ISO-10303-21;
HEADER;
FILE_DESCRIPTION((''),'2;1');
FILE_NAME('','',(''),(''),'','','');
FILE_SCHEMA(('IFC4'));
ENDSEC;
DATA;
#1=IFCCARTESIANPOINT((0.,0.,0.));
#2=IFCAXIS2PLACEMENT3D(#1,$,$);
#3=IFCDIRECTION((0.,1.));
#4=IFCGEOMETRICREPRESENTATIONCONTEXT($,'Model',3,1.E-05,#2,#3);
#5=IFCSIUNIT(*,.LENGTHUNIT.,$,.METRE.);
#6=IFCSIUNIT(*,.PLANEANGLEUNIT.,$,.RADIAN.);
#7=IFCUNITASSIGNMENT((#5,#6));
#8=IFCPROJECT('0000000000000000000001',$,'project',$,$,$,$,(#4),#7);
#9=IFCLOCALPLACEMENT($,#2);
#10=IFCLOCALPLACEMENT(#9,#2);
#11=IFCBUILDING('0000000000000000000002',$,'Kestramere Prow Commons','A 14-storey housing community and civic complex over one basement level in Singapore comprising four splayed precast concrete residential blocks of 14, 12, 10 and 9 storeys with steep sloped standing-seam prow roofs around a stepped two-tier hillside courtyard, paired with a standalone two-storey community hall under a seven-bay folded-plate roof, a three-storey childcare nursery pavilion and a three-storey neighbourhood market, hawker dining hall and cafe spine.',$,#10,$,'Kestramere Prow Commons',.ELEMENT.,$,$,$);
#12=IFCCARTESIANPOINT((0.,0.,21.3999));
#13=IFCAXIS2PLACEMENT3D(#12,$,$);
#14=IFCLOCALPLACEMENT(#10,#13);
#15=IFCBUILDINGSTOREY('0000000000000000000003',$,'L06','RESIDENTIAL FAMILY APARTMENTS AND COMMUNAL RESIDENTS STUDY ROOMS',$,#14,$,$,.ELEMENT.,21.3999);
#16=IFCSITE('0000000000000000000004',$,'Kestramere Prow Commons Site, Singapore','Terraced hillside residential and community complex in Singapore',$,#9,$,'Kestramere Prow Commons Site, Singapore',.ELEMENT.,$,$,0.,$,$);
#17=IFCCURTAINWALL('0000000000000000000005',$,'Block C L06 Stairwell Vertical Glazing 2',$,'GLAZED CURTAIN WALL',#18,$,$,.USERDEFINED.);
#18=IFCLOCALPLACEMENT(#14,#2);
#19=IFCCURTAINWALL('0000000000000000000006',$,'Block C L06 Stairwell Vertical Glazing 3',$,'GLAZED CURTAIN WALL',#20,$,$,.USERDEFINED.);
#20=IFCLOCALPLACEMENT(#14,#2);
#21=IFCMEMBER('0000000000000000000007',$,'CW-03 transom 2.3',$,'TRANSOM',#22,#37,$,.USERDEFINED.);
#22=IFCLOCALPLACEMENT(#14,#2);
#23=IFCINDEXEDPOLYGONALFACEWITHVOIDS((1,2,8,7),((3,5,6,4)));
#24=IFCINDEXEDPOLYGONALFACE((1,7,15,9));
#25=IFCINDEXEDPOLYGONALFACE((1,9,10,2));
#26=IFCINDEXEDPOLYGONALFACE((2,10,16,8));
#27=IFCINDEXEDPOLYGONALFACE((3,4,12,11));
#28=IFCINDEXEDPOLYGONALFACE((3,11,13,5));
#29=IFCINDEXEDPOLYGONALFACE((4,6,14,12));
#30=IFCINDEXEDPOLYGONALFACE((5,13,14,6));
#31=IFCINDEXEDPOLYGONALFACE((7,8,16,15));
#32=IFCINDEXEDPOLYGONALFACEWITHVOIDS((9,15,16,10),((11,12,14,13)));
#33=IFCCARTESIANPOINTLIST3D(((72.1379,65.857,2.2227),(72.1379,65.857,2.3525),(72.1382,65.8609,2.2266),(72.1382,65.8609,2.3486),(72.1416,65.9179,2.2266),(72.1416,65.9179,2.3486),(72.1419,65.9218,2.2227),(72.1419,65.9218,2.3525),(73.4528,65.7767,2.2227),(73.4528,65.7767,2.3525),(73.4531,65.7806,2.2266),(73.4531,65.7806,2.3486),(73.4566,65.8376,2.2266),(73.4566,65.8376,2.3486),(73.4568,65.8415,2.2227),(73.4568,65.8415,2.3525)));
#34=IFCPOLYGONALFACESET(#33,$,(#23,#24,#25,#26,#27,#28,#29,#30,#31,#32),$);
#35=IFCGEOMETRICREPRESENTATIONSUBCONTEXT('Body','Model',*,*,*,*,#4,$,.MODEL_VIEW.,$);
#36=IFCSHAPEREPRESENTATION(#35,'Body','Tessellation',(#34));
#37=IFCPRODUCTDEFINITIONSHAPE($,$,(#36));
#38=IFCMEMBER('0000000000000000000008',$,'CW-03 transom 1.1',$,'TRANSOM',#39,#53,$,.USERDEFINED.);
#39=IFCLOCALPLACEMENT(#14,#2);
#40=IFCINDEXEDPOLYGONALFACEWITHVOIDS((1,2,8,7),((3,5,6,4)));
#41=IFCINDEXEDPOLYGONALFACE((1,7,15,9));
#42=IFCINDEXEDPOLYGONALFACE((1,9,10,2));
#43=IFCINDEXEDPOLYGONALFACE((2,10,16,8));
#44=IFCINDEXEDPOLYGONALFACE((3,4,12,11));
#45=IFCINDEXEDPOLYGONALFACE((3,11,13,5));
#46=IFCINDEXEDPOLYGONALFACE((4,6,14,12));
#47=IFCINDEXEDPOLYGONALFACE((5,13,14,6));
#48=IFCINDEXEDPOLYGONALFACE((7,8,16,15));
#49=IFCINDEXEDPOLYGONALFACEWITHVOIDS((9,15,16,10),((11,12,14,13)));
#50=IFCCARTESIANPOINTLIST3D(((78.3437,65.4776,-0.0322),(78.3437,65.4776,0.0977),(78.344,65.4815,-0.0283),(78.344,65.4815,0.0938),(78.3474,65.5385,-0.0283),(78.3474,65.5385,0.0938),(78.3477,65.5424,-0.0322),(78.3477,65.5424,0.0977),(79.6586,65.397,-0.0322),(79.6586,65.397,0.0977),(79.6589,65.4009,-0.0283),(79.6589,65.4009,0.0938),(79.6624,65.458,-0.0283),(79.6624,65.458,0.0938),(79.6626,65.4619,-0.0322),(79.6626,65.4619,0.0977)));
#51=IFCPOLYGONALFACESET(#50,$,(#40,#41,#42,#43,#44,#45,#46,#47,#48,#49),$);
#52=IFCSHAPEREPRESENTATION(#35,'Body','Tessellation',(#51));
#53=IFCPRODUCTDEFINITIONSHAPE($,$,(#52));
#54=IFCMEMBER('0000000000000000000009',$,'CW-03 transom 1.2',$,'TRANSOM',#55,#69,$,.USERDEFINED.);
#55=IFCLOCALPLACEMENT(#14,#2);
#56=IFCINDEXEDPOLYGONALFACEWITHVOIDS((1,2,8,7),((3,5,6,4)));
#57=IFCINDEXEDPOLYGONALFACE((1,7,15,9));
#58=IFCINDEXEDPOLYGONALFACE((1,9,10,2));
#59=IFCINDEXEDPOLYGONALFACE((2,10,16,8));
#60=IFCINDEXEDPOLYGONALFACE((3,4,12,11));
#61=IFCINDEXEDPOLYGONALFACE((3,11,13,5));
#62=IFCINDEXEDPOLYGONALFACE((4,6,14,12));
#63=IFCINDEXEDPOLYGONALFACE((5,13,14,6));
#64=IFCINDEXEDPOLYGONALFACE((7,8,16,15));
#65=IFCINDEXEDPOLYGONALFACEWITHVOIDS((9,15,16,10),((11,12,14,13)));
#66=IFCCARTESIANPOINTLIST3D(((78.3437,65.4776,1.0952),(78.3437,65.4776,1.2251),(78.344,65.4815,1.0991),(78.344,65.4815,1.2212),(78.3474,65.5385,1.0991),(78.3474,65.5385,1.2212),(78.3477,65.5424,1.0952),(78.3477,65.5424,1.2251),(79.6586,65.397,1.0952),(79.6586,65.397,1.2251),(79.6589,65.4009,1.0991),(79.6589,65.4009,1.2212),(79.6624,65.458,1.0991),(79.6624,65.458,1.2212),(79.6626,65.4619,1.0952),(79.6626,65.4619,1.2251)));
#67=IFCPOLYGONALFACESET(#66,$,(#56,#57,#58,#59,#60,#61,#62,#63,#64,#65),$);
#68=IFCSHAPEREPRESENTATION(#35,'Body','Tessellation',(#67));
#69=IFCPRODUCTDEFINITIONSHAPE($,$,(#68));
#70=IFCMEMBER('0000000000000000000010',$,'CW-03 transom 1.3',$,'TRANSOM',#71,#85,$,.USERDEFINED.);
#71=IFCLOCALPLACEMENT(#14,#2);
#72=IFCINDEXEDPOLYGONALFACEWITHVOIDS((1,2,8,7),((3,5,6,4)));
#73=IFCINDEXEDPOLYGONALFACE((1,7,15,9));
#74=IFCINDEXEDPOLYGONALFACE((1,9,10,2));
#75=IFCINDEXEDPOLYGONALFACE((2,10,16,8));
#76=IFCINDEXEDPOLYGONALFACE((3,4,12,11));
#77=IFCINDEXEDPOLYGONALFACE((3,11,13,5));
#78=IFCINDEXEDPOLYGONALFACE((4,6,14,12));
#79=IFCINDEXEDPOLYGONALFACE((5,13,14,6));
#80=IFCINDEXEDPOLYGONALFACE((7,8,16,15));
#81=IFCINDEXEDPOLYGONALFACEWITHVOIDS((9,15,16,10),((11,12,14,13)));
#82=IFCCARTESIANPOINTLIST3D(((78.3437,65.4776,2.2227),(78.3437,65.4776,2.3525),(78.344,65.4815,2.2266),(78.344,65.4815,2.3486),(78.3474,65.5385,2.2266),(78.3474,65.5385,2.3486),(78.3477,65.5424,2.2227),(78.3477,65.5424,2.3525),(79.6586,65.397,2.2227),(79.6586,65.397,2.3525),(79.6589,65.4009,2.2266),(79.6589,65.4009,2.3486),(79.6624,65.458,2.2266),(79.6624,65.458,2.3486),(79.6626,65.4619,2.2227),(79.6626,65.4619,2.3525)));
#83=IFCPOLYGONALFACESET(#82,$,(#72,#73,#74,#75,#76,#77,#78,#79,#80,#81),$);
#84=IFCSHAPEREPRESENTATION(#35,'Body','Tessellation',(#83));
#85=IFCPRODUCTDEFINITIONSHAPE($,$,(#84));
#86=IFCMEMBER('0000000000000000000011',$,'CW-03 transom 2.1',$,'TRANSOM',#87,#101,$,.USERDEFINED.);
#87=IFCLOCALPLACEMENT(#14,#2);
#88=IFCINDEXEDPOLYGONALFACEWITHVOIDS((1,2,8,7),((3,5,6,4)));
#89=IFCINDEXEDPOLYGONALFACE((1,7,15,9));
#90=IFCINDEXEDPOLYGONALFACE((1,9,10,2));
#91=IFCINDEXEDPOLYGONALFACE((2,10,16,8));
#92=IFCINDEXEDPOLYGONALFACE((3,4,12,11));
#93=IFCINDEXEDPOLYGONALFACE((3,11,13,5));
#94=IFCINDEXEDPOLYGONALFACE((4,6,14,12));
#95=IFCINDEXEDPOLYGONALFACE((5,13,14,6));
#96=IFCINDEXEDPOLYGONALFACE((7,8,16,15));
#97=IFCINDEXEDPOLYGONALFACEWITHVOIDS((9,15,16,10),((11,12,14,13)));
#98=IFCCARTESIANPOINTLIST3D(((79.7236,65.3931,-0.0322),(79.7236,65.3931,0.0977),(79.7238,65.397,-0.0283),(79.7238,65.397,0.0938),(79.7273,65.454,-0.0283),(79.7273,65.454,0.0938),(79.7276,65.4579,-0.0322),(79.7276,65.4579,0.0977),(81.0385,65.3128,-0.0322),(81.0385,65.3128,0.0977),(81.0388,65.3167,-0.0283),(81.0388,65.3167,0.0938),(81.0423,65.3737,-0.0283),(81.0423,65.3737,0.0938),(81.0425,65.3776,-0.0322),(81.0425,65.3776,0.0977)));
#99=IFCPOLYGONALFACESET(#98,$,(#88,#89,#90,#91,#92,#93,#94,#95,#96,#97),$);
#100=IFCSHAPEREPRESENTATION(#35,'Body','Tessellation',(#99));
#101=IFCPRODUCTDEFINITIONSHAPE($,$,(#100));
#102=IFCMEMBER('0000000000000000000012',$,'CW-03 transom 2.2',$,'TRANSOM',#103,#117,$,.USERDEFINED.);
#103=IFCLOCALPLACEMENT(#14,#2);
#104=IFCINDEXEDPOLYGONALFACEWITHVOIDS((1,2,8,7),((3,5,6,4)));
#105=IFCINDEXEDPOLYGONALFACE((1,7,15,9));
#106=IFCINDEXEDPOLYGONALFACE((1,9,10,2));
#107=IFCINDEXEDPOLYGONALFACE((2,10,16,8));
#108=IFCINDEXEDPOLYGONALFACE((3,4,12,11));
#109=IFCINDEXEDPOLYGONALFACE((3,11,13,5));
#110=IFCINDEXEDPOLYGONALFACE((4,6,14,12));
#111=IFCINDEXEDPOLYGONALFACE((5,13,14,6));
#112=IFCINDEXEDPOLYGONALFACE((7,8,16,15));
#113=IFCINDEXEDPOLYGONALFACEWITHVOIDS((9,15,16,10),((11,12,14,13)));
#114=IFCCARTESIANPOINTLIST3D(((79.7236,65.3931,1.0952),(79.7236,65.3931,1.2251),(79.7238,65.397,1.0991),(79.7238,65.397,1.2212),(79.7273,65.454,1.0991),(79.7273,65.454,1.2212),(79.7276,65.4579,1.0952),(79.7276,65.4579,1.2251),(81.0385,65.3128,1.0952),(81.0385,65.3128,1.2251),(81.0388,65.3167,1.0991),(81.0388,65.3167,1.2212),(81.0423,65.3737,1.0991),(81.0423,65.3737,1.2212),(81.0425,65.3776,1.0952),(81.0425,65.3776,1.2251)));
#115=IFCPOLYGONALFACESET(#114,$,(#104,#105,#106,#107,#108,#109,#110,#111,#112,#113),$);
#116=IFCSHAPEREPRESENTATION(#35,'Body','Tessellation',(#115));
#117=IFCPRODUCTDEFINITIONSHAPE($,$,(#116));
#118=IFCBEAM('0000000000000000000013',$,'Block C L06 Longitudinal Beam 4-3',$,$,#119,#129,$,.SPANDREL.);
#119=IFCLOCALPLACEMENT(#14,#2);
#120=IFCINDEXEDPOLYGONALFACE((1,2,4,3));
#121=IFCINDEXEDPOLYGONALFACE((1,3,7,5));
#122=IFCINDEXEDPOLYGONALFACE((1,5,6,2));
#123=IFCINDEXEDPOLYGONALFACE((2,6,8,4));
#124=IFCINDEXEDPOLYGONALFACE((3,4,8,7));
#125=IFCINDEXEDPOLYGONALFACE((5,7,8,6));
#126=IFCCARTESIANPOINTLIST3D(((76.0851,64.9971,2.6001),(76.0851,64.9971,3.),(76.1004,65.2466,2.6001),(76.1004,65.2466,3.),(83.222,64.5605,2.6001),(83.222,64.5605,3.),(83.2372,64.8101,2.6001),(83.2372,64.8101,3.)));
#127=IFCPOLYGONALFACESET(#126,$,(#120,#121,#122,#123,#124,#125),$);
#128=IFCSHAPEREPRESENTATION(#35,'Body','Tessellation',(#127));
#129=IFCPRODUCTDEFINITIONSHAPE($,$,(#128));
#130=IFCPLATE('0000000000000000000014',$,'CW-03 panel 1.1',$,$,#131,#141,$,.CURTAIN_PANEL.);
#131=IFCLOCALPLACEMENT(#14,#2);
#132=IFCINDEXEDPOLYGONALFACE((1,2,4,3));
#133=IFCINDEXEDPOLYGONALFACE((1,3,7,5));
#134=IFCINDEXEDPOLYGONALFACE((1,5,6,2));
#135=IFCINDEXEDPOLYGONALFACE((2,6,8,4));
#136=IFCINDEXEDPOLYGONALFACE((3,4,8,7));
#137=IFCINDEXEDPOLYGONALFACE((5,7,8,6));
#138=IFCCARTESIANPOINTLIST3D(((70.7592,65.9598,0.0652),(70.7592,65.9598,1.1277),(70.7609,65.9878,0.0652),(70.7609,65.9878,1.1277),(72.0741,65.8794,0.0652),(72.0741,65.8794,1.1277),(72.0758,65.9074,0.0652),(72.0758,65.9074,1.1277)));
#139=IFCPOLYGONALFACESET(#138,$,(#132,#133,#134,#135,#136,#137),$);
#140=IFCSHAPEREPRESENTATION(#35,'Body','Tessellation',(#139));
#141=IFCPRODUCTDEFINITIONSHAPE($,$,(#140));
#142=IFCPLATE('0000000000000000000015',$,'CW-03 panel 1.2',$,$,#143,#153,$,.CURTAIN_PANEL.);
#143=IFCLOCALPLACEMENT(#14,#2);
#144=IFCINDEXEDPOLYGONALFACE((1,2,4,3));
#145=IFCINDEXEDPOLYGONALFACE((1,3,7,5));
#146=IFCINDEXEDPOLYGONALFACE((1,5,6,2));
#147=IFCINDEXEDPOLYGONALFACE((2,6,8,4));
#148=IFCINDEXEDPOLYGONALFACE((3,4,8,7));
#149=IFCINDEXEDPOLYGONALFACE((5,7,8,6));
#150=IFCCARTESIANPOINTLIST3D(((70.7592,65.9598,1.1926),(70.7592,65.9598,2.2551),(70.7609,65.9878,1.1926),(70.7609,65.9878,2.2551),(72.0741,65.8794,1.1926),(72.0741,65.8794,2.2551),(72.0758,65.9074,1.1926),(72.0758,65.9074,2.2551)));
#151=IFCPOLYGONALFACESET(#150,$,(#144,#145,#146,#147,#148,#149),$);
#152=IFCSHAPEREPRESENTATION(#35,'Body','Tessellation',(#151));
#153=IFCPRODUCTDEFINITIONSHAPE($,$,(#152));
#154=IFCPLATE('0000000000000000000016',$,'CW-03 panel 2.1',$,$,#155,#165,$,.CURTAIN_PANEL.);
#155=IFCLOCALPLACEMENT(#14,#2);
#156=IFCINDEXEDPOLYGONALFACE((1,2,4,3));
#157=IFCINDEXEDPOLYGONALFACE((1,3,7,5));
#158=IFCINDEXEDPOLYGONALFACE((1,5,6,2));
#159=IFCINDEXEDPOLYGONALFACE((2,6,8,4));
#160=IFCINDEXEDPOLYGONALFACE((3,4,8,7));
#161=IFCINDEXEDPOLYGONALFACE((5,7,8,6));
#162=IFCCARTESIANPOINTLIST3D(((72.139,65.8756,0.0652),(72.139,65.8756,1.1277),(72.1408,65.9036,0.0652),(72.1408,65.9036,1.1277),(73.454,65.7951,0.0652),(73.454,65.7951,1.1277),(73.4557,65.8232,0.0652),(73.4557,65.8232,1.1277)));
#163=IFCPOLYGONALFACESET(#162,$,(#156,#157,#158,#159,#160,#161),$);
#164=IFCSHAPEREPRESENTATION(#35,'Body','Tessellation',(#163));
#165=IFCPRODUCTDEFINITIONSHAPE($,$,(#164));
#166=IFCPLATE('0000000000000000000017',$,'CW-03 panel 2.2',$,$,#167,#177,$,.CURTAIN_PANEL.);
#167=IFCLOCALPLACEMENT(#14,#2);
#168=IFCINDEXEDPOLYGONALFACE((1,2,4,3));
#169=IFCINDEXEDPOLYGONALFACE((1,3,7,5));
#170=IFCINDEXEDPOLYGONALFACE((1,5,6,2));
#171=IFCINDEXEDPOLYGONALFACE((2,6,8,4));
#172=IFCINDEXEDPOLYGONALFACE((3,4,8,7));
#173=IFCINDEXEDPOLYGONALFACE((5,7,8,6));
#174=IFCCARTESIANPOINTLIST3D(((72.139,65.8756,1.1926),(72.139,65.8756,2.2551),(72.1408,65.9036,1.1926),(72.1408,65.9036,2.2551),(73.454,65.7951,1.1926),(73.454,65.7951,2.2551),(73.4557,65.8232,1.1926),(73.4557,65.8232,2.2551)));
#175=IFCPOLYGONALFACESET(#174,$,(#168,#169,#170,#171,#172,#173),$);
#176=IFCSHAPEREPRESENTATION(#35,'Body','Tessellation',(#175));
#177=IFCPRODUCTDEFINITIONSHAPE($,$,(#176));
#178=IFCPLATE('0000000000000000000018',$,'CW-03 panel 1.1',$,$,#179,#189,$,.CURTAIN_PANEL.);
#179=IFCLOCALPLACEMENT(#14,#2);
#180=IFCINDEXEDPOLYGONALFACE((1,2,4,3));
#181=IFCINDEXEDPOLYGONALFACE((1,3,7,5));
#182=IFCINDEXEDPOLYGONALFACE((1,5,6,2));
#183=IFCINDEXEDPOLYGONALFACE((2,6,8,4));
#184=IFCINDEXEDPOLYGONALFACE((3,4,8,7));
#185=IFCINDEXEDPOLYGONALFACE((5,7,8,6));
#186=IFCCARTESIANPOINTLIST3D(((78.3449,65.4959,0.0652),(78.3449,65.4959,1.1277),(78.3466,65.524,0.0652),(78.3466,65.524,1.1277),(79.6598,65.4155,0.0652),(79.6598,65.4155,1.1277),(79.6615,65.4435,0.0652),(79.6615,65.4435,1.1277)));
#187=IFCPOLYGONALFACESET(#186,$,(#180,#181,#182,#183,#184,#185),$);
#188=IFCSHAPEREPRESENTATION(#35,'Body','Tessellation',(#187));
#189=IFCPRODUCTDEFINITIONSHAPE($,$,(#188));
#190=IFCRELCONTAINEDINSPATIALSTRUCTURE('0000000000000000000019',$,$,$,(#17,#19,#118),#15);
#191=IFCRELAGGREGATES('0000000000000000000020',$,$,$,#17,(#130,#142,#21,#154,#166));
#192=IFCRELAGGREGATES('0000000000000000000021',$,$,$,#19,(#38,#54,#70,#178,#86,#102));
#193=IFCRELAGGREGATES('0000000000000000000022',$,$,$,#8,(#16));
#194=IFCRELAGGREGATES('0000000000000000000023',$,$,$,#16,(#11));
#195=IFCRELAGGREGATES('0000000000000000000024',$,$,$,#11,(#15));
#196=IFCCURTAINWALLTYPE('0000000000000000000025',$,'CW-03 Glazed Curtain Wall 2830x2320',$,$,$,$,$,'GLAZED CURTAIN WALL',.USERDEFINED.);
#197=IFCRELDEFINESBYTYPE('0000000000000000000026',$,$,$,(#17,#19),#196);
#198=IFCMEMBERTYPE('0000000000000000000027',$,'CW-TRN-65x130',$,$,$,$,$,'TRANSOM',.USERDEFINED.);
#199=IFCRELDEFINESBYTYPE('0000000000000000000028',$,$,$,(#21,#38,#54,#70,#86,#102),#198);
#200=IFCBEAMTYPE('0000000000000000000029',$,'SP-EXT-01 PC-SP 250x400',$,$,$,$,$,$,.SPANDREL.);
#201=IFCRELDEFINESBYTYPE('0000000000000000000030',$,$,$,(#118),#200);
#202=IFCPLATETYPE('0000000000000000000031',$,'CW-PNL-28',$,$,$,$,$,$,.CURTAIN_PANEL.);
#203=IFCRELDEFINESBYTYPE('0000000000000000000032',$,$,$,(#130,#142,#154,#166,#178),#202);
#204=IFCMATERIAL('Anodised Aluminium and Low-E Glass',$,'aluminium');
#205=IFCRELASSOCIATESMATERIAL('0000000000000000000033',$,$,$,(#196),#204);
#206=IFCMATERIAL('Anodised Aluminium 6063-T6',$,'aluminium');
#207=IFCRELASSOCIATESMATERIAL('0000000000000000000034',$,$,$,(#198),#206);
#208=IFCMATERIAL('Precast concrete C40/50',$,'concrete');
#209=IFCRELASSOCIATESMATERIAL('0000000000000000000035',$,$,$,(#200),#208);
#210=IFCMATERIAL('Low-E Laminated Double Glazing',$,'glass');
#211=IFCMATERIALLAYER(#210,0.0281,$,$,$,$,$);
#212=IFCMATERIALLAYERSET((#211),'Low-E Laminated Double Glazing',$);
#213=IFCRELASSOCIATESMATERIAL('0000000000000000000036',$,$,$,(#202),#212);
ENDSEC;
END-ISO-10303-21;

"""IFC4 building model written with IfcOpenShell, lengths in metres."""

from ifc_helpers import new_model, si_unit, direction, frame, origin, origin_2d, place, context, subcontext, project, spatial, rectangle, hollow_rectangle, extrude, material, layer, layer_set, material_profile, profile_set, type_object, element, aggregate, save


model = new_model("IFC4")

# Units and contexts
model_context = context("Model", 3, precision=1e-05, world=origin(), true_north=direction((0.0, 1.0)))
body_context = subcontext(model_context, "Body", "Model", "MODEL_VIEW")
ifc_project = project(units=[si_unit("LENGTHUNIT", "METRE"), si_unit("PLANEANGLEUNIT", "RADIAN")], contexts=[model_context])

# Site, building, storey
site_placement = place(None, origin())
site = spatial("IfcSite", under=ifc_project, at=site_placement, Name="Kestramere Prow Commons Site, Singapore", Description="Terraced hillside residential and community complex in Singapore", LongName="Kestramere Prow Commons Site, Singapore", CompositionType="ELEMENT", RefElevation=0.0)
building_placement = place(site_placement, origin())
building = spatial("IfcBuilding", under=site, at=building_placement, Name="Kestramere Prow Commons", Description="A 14-storey housing community and civic complex over one basement level in Singapore comprising four splayed precast concrete residential blocks of 14, 12, 10 and 9 storeys with steep sloped standing-seam prow roofs around a stepped two-tier hillside courtyard, paired with a standalone two-storey community hall under a seven-bay folded-plate roof, a three-storey childcare nursery pavilion and a three-storey neighbourhood market, hawker dining hall and cafe spine.", LongName="Kestramere Prow Commons", CompositionType="ELEMENT")
storey_placement = place(building_placement, frame((0.0, 0.0, 21.3999)))
storey = spatial("IfcBuildingStorey", under=building, at=storey_placement, Name="L06", Description="RESIDENTIAL FAMILY APARTMENTS AND COMMUNAL RESIDENTS STUDY ROOMS", CompositionType="ELEMENT", Elevation=21.3999)

# Shared definitions
ifc_material_1 = material(Name="Precast concrete C40/50", Category="concrete")

# Curtain walls
ifc_material_2 = material(Name="Anodised Aluminium and Low-E Glass", Category="aluminium")
curtain_wall_type = type_object("IfcCurtainWallType", Name="CW-03 Glazed Curtain Wall 2830x2320", ElementType="GLAZED CURTAIN WALL", PredefinedType="USERDEFINED", material=ifc_material_2)
curtain_wall_1_placement = place(storey_placement, origin())
curtain_wall_1 = element("IfcCurtainWall", 1, at=curtain_wall_1_placement, inside=storey, type_object=curtain_wall_type, Name="Block C L06 Stairwell Vertical Glazing 2", ObjectType="GLAZED CURTAIN WALL", PredefinedType="USERDEFINED")
ifc_material_3 = material(Name="Anodised Aluminium 6063-T6", Category="aluminium")
curtain_wall_2_placement = place(storey_placement, origin())
curtain_wall_2 = element("IfcCurtainWall", 2, at=curtain_wall_2_placement, inside=storey, type_object=curtain_wall_type, Name="Block C L06 Stairwell Vertical Glazing 3", ObjectType="GLAZED CURTAIN WALL", PredefinedType="USERDEFINED")

# Members
ifc_material_profile_1 = material_profile(ifc_material_3, hollow_rectangle(XDim=0.0649, YDim=0.1299, WallThickness=0.0039, at=origin_2d()), Name="ALU-TRN 65x130")
ifc_profile_set_1 = profile_set([ifc_material_profile_1], Name="Anodised Aluminium 6063-T6")
member_type_1 = type_object("IfcMemberType", Name="CW-TRN-65x130", ElementType="TRANSOM", PredefinedType="USERDEFINED", material=ifc_profile_set_1)
member_1_placement = place(storey_placement, frame((72.1399, 65.8894, 2.2876), z_axis=(0.99814, -0.060971, 0.0), x_axis=(0.060971, 0.99814, 0.0)))
member_1 = element("IfcMember", 3, at=member_1_placement, type_object=member_type_1, Name="CW-03 transom 2.3", ObjectType="TRANSOM", PredefinedType="USERDEFINED", context=body_context, shape_type="SweptSolid", body=[
    extrude(hollow_rectangle(XDim=0.0649, YDim=0.1299, WallThickness=0.0039, at=origin_2d()), origin(), (0.0, 0.0, 1.0), 1.3174),
])
member_2_placement = place(storey_placement, frame((78.3457, 65.51, 0.0327), z_axis=(0.998128, -0.061155, 0.0), x_axis=(0.061155, 0.998128, 0.0)))
member_2 = element("IfcMember", 4, at=member_2_placement, type_object=member_type_1, Name="CW-03 transom 1.1", ObjectType="TRANSOM", PredefinedType="USERDEFINED", context=body_context, shape_type="SweptSolid", body=[
    extrude(hollow_rectangle(XDim=0.0649, YDim=0.1299, WallThickness=0.0039, at=origin_2d()), origin(), (0.0, 0.0, 1.0), 1.3174),
])
member_3_placement = place(storey_placement, frame((78.3457, 65.51, 1.1602), z_axis=(0.998128, -0.061155, 0.0), x_axis=(0.061155, 0.998128, 0.0)))
member_3 = element("IfcMember", 5, at=member_3_placement, type_object=member_type_1, Name="CW-03 transom 1.2", ObjectType="TRANSOM", PredefinedType="USERDEFINED", context=body_context, shape_type="SweptSolid", body=[
    extrude(hollow_rectangle(XDim=0.0649, YDim=0.1299, WallThickness=0.0039, at=origin_2d()), origin(), (0.0, 0.0, 1.0), 1.3174),
])
member_4_placement = place(storey_placement, frame((78.3457, 65.51, 2.2876), z_axis=(0.998128, -0.061155, 0.0), x_axis=(0.061155, 0.998128, 0.0)))
member_4 = element("IfcMember", 6, at=member_4_placement, type_object=member_type_1, Name="CW-03 transom 1.3", ObjectType="TRANSOM", PredefinedType="USERDEFINED", context=body_context, shape_type="SweptSolid", body=[
    extrude(hollow_rectangle(XDim=0.0649, YDim=0.1299, WallThickness=0.0039, at=origin_2d()), origin(), (0.0, 0.0, 1.0), 1.3174),
])
member_5_placement = place(storey_placement, frame((79.7256, 65.4255, 0.0327), z_axis=(0.99814, -0.060971, 0.0), x_axis=(0.060971, 0.99814, 0.0)))
member_5 = element("IfcMember", 7, at=member_5_placement, type_object=member_type_1, Name="CW-03 transom 2.1", ObjectType="TRANSOM", PredefinedType="USERDEFINED", context=body_context, shape_type="SweptSolid", body=[
    extrude(hollow_rectangle(XDim=0.0649, YDim=0.1299, WallThickness=0.0039, at=origin_2d()), origin(), (0.0, 0.0, 1.0), 1.3174),
])
member_6_placement = place(storey_placement, frame((79.7256, 65.4255, 1.1602), z_axis=(0.99814, -0.060971, 0.0), x_axis=(0.060971, 0.99814, 0.0)))
member_6 = element("IfcMember", 8, at=member_6_placement, type_object=member_type_1, Name="CW-03 transom 2.2", ObjectType="TRANSOM", PredefinedType="USERDEFINED", context=body_context, shape_type="SweptSolid", body=[
    extrude(hollow_rectangle(XDim=0.0649, YDim=0.1299, WallThickness=0.0039, at=origin_2d()), origin(), (0.0, 0.0, 1.0), 1.3174),
])

# Beam
ifc_material_profile_2 = material_profile(ifc_material_1, rectangle(XDim=0.25, YDim=0.3999, at=origin_2d()), Name="PC-SP 250x400")
ifc_profile_set_2 = profile_set([ifc_material_profile_2], Name="Precast concrete C40/50")
beam_type = type_object("IfcBeamType", Name="SP-EXT-01 PC-SP 250x400", PredefinedType="SPANDREL", material=ifc_profile_set_2)
beam_placement = place(storey_placement, frame((76.0928, 65.1218, 2.8), z_axis=(0.998135, -0.061052, 0.0), x_axis=(0.061052, 0.998135, 0.0)))
element("IfcBeam", 9, at=beam_placement, inside=storey, type_object=beam_type, Name="Block C L06 Longitudinal Beam 4-3", PredefinedType="SPANDREL", context=body_context, shape_type="SweptSolid", body=[
    extrude(rectangle(XDim=0.25, YDim=0.3999, at=origin_2d()), origin(), (0.0, 0.0, 1.0), 7.1501),
])

# Plates
ifc_material_4 = material(Name="Low-E Laminated Double Glazing", Category="glass")
ifc_layer_1 = layer(ifc_material_4, 0.0281)
ifc_layer_set_1 = layer_set([ifc_layer_1], Name="Low-E Laminated Double Glazing")
plate_type = type_object("IfcPlateType", Name="CW-PNL-28", PredefinedType="CURTAIN_PANEL", material=ifc_layer_set_1)
plate_1_placement = place(storey_placement, frame((71.4175, 65.9336, 0.0652), z_axis=(0.0, 0.0, 1.0), x_axis=(0.998135, -0.061048, 0.0)))
plate_1 = element("IfcPlate", 10, at=plate_1_placement, type_object=plate_type, Name="CW-03 panel 1.1", PredefinedType="CURTAIN_PANEL", context=body_context, shape_type="SweptSolid", body=[
    extrude(rectangle(XDim=1.3174, YDim=0.0281, at=origin_2d()), origin(), (0.0, 0.0, 1.0), 1.0625),
])
plate_2_placement = place(storey_placement, frame((71.4175, 65.9336, 1.1926), z_axis=(0.0, 0.0, 1.0), x_axis=(0.998135, -0.061048, 0.0)))
plate_2 = element("IfcPlate", 11, at=plate_2_placement, type_object=plate_type, Name="CW-03 panel 1.2", PredefinedType="CURTAIN_PANEL", context=body_context, shape_type="SweptSolid", body=[
    extrude(rectangle(XDim=1.3174, YDim=0.0281, at=origin_2d()), origin(), (0.0, 0.0, 1.0), 1.0625),
])
plate_3_placement = place(storey_placement, frame((72.7974, 65.8494, 0.0652), z_axis=(0.0, 0.0, 1.0), x_axis=(0.998135, -0.061048, 0.0)))
plate_3 = element("IfcPlate", 12, at=plate_3_placement, type_object=plate_type, Name="CW-03 panel 2.1", PredefinedType="CURTAIN_PANEL", context=body_context, shape_type="SweptSolid", body=[
    extrude(rectangle(XDim=1.3174, YDim=0.0281, at=origin_2d()), origin(), (0.0, 0.0, 1.0), 1.0625),
])
plate_4_placement = place(storey_placement, frame((72.7974, 65.8494, 1.1926), z_axis=(0.0, 0.0, 1.0), x_axis=(0.998135, -0.061048, 0.0)))
plate_4 = element("IfcPlate", 13, at=plate_4_placement, type_object=plate_type, Name="CW-03 panel 2.2", PredefinedType="CURTAIN_PANEL", context=body_context, shape_type="SweptSolid", body=[
    extrude(rectangle(XDim=1.3174, YDim=0.0281, at=origin_2d()), origin(), (0.0, 0.0, 1.0), 1.0625),
])
aggregate(curtain_wall_1, [plate_1, plate_2, member_1, plate_3, plate_4])
plate_5_placement = place(storey_placement, frame((79.0032, 65.4697, 0.0652), z_axis=(0.0, 0.0, 1.0), x_axis=(0.998135, -0.061048, 0.0)))
plate_5 = element("IfcPlate", 14, at=plate_5_placement, type_object=plate_type, Name="CW-03 panel 1.1", PredefinedType="CURTAIN_PANEL", context=body_context, shape_type="SweptSolid", body=[
    extrude(rectangle(XDim=1.3174, YDim=0.0281, at=origin_2d()), origin(), (0.0, 0.0, 1.0), 1.0625),
])
aggregate(curtain_wall_2, [member_2, member_3, member_4, plate_5, member_5, member_6])

save(model, "model.ifc")
